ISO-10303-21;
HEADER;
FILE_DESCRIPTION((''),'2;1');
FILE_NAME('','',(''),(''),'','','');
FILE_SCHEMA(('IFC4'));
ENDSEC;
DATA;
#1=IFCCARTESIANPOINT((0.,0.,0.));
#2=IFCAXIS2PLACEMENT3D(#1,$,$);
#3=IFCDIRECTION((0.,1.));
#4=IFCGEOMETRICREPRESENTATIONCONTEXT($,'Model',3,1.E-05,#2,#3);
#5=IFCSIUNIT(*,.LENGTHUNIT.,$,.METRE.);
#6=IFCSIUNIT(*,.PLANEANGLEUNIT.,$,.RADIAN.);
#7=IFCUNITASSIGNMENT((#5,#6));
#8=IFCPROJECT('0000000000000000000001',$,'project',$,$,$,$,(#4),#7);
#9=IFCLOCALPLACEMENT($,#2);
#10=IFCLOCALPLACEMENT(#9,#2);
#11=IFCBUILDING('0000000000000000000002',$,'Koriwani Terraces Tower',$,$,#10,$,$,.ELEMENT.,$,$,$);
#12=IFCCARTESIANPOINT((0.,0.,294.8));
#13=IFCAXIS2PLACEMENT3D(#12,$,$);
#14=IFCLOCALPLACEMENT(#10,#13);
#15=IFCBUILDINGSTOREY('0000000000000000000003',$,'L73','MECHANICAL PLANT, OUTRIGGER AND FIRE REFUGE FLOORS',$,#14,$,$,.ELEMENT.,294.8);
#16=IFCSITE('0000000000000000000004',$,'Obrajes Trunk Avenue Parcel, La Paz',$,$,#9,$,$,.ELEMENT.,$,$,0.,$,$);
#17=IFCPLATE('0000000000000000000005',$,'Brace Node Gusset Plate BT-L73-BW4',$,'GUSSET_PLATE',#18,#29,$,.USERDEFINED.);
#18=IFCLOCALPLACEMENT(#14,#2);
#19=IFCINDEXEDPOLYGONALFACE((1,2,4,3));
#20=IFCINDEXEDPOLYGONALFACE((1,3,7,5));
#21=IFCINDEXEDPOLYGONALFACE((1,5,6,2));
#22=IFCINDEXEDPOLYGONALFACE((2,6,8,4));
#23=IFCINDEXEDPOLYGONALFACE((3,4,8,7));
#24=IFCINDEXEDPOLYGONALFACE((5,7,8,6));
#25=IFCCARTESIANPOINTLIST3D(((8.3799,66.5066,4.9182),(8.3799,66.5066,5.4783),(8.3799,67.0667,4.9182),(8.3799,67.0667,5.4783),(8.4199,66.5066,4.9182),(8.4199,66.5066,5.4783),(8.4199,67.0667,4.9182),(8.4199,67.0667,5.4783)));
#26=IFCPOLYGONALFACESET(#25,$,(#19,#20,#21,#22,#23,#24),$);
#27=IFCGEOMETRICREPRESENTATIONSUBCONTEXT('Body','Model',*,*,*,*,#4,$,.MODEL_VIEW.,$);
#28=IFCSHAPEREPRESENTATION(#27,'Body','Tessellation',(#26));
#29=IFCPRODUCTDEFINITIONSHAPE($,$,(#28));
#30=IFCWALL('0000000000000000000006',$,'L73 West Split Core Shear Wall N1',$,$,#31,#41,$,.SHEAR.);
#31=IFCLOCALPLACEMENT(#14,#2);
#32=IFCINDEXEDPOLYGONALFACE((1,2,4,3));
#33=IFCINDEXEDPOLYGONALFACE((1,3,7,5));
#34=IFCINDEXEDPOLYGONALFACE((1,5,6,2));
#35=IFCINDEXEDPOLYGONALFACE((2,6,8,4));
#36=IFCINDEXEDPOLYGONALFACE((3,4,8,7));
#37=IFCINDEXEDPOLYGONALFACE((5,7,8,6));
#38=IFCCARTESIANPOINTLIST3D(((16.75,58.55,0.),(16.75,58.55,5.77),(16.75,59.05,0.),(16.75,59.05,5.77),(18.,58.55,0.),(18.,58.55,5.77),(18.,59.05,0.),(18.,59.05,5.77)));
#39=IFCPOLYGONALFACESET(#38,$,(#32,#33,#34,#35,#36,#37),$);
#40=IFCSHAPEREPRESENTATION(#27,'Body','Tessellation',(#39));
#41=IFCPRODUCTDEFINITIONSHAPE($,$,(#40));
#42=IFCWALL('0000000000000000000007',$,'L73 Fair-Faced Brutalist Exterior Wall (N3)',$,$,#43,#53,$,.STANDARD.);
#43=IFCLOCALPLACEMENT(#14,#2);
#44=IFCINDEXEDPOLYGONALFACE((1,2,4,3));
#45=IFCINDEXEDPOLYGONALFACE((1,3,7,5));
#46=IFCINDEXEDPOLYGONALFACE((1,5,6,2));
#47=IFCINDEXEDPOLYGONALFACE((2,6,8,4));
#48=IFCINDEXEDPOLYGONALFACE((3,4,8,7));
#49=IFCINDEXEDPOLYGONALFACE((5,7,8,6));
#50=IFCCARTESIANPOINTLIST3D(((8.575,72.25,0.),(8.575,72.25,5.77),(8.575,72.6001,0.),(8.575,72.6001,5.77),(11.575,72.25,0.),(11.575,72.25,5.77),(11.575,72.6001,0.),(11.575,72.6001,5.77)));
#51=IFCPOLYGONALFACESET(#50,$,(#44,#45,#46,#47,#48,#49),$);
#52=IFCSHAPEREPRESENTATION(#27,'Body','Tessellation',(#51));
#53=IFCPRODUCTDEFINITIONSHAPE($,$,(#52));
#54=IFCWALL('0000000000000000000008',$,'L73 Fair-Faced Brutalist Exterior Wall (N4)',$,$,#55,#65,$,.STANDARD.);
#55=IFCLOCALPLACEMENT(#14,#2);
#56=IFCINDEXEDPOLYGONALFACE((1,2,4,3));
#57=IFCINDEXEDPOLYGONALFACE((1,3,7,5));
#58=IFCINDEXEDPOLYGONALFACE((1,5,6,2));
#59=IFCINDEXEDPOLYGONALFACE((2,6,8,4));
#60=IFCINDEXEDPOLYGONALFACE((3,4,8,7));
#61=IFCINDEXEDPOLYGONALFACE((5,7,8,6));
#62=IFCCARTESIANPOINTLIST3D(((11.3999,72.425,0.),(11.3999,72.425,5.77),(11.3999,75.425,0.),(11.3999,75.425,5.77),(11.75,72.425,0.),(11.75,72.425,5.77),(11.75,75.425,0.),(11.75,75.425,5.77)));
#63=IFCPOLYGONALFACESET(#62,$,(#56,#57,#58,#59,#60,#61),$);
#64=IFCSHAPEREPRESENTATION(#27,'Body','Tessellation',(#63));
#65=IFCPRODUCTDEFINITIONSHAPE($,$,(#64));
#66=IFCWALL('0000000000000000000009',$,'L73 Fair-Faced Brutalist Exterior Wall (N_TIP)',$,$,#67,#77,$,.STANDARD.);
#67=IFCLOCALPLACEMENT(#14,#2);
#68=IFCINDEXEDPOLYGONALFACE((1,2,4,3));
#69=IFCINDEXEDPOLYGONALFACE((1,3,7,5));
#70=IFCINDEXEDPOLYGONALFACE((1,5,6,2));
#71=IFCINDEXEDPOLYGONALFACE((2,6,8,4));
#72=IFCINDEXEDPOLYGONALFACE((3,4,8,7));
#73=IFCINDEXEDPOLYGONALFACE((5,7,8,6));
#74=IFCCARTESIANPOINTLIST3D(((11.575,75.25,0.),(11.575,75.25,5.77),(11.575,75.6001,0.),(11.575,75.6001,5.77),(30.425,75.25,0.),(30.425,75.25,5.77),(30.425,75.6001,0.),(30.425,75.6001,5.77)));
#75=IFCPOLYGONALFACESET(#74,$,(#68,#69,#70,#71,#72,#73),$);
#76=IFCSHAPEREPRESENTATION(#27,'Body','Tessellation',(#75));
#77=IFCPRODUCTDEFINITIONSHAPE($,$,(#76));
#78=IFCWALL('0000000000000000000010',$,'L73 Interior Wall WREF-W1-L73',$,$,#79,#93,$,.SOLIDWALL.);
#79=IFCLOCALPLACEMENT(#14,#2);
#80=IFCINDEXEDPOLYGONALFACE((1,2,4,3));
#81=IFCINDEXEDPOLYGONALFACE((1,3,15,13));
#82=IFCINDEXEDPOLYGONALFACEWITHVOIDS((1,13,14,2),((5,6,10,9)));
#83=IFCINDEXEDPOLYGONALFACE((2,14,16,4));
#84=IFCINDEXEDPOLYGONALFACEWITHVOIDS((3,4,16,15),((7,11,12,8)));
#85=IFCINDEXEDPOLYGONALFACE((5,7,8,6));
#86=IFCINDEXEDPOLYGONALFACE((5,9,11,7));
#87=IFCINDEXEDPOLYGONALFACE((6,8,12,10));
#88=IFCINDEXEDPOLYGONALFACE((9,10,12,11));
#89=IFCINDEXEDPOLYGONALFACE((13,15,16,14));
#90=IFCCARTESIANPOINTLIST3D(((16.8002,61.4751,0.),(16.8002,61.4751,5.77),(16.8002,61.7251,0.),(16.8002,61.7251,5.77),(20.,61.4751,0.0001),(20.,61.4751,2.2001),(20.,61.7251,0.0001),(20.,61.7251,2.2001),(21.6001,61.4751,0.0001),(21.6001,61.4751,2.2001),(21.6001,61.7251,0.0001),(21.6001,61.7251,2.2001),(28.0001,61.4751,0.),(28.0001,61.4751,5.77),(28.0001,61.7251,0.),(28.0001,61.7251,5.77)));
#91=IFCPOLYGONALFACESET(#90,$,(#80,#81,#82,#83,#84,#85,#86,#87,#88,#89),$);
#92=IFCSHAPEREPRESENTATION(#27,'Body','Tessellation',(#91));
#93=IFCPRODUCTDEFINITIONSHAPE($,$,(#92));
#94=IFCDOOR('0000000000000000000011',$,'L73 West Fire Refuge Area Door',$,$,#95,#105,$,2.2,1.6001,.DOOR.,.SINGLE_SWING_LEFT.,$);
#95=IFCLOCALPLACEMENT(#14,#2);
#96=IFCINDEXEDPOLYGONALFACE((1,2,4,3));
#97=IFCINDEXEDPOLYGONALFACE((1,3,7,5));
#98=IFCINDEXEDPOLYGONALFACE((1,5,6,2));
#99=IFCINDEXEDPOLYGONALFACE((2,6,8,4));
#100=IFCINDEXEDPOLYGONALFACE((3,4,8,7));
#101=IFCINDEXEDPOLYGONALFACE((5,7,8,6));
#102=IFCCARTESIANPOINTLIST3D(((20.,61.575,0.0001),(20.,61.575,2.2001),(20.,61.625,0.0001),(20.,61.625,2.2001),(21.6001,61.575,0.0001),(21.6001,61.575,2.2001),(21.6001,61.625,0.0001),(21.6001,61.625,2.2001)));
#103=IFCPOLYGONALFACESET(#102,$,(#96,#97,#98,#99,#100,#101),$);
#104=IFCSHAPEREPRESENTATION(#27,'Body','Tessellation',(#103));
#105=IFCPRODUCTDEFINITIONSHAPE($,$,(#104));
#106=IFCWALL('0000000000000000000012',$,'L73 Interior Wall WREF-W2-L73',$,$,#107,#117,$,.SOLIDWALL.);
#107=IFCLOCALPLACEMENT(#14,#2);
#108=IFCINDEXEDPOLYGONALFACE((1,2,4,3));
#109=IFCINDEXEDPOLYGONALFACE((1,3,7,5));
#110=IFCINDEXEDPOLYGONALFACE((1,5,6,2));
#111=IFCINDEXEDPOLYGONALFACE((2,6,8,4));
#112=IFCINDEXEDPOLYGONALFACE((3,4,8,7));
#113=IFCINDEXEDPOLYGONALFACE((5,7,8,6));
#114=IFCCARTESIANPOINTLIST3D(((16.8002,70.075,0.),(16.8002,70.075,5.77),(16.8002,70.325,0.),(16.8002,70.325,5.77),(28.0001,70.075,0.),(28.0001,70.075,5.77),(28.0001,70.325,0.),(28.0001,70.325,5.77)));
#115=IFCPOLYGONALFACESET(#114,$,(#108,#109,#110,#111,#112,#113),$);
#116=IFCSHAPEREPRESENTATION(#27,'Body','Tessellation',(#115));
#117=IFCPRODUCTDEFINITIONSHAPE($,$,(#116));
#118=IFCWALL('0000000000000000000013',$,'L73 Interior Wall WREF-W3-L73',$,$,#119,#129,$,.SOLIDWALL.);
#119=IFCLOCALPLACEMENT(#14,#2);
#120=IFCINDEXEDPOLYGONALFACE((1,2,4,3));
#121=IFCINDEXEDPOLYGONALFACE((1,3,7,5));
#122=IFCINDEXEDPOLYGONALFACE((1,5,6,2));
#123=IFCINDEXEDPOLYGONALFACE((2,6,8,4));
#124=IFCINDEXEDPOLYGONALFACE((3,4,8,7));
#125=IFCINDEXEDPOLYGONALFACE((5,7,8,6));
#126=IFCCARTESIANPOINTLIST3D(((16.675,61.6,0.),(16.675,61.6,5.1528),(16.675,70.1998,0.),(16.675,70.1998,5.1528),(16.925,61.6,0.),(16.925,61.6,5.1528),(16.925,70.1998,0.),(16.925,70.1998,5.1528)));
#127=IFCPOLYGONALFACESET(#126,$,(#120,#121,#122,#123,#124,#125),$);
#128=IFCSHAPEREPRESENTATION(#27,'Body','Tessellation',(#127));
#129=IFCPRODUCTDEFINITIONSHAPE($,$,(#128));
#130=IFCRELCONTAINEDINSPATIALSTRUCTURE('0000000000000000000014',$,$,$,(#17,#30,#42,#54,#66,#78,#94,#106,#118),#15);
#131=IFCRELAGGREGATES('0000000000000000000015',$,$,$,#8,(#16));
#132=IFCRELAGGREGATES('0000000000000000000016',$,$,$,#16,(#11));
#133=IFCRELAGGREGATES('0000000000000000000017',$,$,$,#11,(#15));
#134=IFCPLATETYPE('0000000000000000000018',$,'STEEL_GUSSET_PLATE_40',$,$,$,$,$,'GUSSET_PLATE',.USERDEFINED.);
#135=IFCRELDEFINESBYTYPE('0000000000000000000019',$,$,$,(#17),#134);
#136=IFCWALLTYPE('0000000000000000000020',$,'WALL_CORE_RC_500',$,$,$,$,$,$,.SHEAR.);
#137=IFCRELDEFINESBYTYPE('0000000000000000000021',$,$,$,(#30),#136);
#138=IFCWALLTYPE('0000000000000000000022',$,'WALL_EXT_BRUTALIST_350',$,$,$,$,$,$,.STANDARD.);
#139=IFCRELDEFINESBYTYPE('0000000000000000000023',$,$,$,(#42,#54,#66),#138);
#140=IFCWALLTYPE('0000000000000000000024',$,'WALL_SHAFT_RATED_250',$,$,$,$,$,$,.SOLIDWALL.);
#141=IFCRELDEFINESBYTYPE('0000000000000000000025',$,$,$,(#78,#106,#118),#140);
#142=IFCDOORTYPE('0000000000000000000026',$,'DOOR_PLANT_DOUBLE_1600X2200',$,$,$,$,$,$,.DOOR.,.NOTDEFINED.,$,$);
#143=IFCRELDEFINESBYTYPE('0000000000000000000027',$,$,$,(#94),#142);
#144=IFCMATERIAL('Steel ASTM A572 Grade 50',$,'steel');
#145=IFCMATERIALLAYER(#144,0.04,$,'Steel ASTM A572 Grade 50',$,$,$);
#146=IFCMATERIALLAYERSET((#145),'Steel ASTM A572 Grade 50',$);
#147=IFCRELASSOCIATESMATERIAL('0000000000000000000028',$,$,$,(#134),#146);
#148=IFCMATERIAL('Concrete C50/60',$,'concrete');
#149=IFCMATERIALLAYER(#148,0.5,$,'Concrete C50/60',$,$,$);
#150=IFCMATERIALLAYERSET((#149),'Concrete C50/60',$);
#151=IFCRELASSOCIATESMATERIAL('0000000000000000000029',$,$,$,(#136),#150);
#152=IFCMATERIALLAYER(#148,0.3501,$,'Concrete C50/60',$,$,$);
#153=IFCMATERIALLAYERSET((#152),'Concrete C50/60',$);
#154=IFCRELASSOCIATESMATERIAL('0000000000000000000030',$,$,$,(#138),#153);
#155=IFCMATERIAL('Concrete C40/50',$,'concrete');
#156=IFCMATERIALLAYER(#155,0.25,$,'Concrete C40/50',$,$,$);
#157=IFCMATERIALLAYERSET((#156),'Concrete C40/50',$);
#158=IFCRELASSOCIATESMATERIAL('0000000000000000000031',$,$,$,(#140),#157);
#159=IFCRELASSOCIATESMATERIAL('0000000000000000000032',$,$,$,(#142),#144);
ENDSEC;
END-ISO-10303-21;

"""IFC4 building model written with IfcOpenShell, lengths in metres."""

from ifc_helpers import new_model, si_unit, direction, frame, frame_2d, origin, origin_2d, place, context, subcontext, project, spatial, rectangle, extrude, material, layer, layer_set, type_object, element, fill, save


model = new_model("IFC4")

# Units and contexts
model_context = context("Model", 3, precision=1e-05, world=origin(), true_north=direction((0.0, 1.0)))
body_context = subcontext(model_context, "Body", "Model", "MODEL_VIEW")
ifc_project = project(units=[si_unit("LENGTHUNIT", "METRE"), si_unit("PLANEANGLEUNIT", "RADIAN")], contexts=[model_context])

# Site, building, storey
site_placement = place(None, origin())
site = spatial("IfcSite", under=ifc_project, at=site_placement, Name="Obrajes Trunk Avenue Parcel, La Paz", CompositionType="ELEMENT", RefElevation=0.0)
building_placement = place(site_placement, origin())
building = spatial("IfcBuilding", under=site, at=building_placement, Name="Koriwani Terraces Tower", CompositionType="ELEMENT")
storey_placement = place(building_placement, frame((0.0, 0.0, 294.8)))
storey = spatial("IfcBuildingStorey", under=building, at=storey_placement, Name="L73", Description="MECHANICAL PLANT, OUTRIGGER AND FIRE REFUGE FLOORS", CompositionType="ELEMENT", Elevation=294.8)

# Shared definitions
ifc_material_1 = material(Name="Concrete C50/60", Category="concrete")

# Shared definitions
ifc_material_2 = material(Name="Concrete C40/50", Category="concrete")

# Shared definitions
ifc_material_3 = material(Name="Steel ASTM A572 Grade 50", Category="steel")

# Plate
ifc_layer_1 = layer(ifc_material_3, 0.04, Name="Steel ASTM A572 Grade 50")
ifc_layer_set_1 = layer_set([ifc_layer_1], Name="Steel ASTM A572 Grade 50")
plate_type_1 = type_object("IfcPlateType", Name="STEEL_GUSSET_PLATE_40", ElementType="GUSSET_PLATE", PredefinedType="USERDEFINED", material=ifc_layer_set_1)
plate_1_placement = place(storey_placement, frame((8.3999, 66.7866, 4.9182), z_axis=(0.0, 0.0, 1.0), x_axis=(0.0, 1.0, 0.0)))
element("IfcPlate", 1, at=plate_1_placement, inside=storey, type_object=plate_type_1, Name="Brace Node Gusset Plate BT-L73-BW4", ObjectType="GUSSET_PLATE", PredefinedType="USERDEFINED", context=body_context, shape_type="SweptSolid", body=[
    extrude(rectangle(XDim=0.5601, YDim=0.04, at=origin_2d()), origin(), (0.0, 0.0, 1.0), 0.5601),
])

# Walls
ifc_layer_2 = layer(ifc_material_1, 0.5, Name="Concrete C50/60")
ifc_layer_set_2 = layer_set([ifc_layer_2], Name="Concrete C50/60")
wall_type_1 = type_object("IfcWallType", Name="WALL_CORE_RC_500", PredefinedType="SHEAR", material=ifc_layer_set_2)
wall_1_placement = place(storey_placement, frame((16.75, 58.8, 0.0), z_axis=(0.0, 0.0, 1.0), x_axis=(1.0, 0.0, 0.0)))
element("IfcWall", 2, at=wall_1_placement, inside=storey, type_object=wall_type_1, Name="L73 West Split Core Shear Wall N1", PredefinedType="SHEAR", context=body_context, shape_type="SweptSolid", body=[
    extrude(rectangle(XDim=1.25, YDim=0.5, at=frame_2d((0.625, 0.0))), origin(), (0.0, 0.0, 1.0), 5.77),
])
ifc_layer_3 = layer(ifc_material_1, 0.3501, Name="Concrete C50/60")
ifc_layer_set_3 = layer_set([ifc_layer_3], Name="Concrete C50/60")
wall_type_2 = type_object("IfcWallType", Name="WALL_EXT_BRUTALIST_350", PredefinedType="STANDARD", material=ifc_layer_set_3)
for number, where, z_axis, x_axis, name in (
    (3, (8.575, 72.425, 0.0), (0.0, 0.0, 1.0), (1.0, 0.0, 0.0), "L73 Fair-Faced Brutalist Exterior Wall (N3)"),
    (4, (11.575, 72.425, 0.0), (0.0, 0.0, 1.0), (0.0, 1.0, 0.0), "L73 Fair-Faced Brutalist Exterior Wall (N4)"),
):
    element("IfcWall", number, at=place(storey_placement, frame(where, z_axis=z_axis, x_axis=x_axis)), inside=storey, type_object=wall_type_2, Name=name, PredefinedType="STANDARD", context=body_context, shape_type="SweptSolid", body=[
        extrude(rectangle(XDim=3.0, YDim=0.3501, at=frame_2d((1.5, 0.0))), origin(), (0.0, 0.0, 1.0), 5.77),
    ])
wall_2_placement = place(storey_placement, frame((11.575, 75.425, 0.0), z_axis=(0.0, 0.0, 1.0), x_axis=(1.0, 0.0, 0.0)))
element("IfcWall", 5, at=wall_2_placement, inside=storey, type_object=wall_type_2, Name="L73 Fair-Faced Brutalist Exterior Wall (N_TIP)", PredefinedType="STANDARD", context=body_context, shape_type="SweptSolid", body=[
    extrude(rectangle(XDim=18.8501, YDim=0.3501, at=frame_2d((9.425, 0.0))), origin(), (0.0, 0.0, 1.0), 5.77),
])

# Wall, opening, door
ifc_layer_4 = layer(ifc_material_2, 0.25, Name="Concrete C40/50")
ifc_layer_set_4 = layer_set([ifc_layer_4], Name="Concrete C40/50")
wall_type_3 = type_object("IfcWallType", Name="WALL_SHAFT_RATED_250", PredefinedType="SOLIDWALL", material=ifc_layer_set_4)
wall_3_placement = place(storey_placement, frame((16.8, 61.6001, 0.0), z_axis=(0.0, 0.0, 1.0), x_axis=(1.0, 0.0, 0.0)))
wall_3 = element("IfcWall", 6, at=wall_3_placement, inside=storey, type_object=wall_type_3, Name="L73 Interior Wall WREF-W1-L73", PredefinedType="SOLIDWALL", context=body_context, shape_type="SweptSolid", body=[
    extrude(rectangle(XDim=11.2, YDim=0.25, at=frame_2d((5.6001, 0.0))), origin(), (0.0, 0.0, 1.0), 5.77),
])
opening_placement = place(wall_3_placement, frame((3.2, 0.0, 0.0)))
opening = element("IfcOpeningElement", 7, at=opening_placement, cuts=wall_3, PredefinedType="OPENING", context=body_context, shape_type="SweptSolid", body=[
    extrude(rectangle(XDim=1.6001, YDim=2.2, at=frame_2d((0.8, 1.1001))), frame((0.0, 0.135, 0.0), z_axis=(0.0, -1.0, 0.0), x_axis=(1.0, 0.0, 0.0)), (0.0, 0.0, 1.0), 0.27),
])
door_type = type_object("IfcDoorType", Name="DOOR_PLANT_DOUBLE_1600X2200", OperationType="NOTDEFINED", PredefinedType="DOOR", material=ifc_material_3)
door_placement = place(opening_placement, origin())
door = element("IfcDoor", 8, at=door_placement, inside=storey, type_object=door_type, Name="L73 West Fire Refuge Area Door", OperationType="SINGLE_SWING_LEFT", OverallHeight=2.2, OverallWidth=1.6001, PredefinedType="DOOR", context=body_context, shape_type="SweptSolid", body=[
    extrude(rectangle(XDim=1.6001, YDim=2.2, at=frame_2d((0.8, 1.1001))), frame((0.0, 0.0249, 0.0), z_axis=(0.0, -1.0, 0.0), x_axis=(1.0, 0.0, 0.0)), (0.0, 0.0, 1.0), 0.05),
])
fill(opening, door)

# Walls
wall_4_placement = place(storey_placement, frame((16.8, 70.2, 0.0), z_axis=(0.0, 0.0, 1.0), x_axis=(1.0, 0.0, 0.0)))
element("IfcWall", 9, at=wall_4_placement, inside=storey, type_object=wall_type_3, Name="L73 Interior Wall WREF-W2-L73", PredefinedType="SOLIDWALL", context=body_context, shape_type="SweptSolid", body=[
    extrude(rectangle(XDim=11.2, YDim=0.25, at=frame_2d((5.6001, 0.0))), origin(), (0.0, 0.0, 1.0), 5.77),
])
wall_5_placement = place(storey_placement, frame((16.8, 61.6001, 0.0), z_axis=(0.0, 0.0, 1.0), x_axis=(0.0, 1.0, 0.0)))
element("IfcWall", 10, at=wall_5_placement, inside=storey, type_object=wall_type_3, Name="L73 Interior Wall WREF-W3-L73", PredefinedType="SOLIDWALL", context=body_context, shape_type="SweptSolid", body=[
    extrude(rectangle(XDim=8.5999, YDim=0.25, at=frame_2d((4.2998, 0.0))), origin(), (0.0, 0.0, 1.0), 5.1528),
])

save(model, "model.ifc")
